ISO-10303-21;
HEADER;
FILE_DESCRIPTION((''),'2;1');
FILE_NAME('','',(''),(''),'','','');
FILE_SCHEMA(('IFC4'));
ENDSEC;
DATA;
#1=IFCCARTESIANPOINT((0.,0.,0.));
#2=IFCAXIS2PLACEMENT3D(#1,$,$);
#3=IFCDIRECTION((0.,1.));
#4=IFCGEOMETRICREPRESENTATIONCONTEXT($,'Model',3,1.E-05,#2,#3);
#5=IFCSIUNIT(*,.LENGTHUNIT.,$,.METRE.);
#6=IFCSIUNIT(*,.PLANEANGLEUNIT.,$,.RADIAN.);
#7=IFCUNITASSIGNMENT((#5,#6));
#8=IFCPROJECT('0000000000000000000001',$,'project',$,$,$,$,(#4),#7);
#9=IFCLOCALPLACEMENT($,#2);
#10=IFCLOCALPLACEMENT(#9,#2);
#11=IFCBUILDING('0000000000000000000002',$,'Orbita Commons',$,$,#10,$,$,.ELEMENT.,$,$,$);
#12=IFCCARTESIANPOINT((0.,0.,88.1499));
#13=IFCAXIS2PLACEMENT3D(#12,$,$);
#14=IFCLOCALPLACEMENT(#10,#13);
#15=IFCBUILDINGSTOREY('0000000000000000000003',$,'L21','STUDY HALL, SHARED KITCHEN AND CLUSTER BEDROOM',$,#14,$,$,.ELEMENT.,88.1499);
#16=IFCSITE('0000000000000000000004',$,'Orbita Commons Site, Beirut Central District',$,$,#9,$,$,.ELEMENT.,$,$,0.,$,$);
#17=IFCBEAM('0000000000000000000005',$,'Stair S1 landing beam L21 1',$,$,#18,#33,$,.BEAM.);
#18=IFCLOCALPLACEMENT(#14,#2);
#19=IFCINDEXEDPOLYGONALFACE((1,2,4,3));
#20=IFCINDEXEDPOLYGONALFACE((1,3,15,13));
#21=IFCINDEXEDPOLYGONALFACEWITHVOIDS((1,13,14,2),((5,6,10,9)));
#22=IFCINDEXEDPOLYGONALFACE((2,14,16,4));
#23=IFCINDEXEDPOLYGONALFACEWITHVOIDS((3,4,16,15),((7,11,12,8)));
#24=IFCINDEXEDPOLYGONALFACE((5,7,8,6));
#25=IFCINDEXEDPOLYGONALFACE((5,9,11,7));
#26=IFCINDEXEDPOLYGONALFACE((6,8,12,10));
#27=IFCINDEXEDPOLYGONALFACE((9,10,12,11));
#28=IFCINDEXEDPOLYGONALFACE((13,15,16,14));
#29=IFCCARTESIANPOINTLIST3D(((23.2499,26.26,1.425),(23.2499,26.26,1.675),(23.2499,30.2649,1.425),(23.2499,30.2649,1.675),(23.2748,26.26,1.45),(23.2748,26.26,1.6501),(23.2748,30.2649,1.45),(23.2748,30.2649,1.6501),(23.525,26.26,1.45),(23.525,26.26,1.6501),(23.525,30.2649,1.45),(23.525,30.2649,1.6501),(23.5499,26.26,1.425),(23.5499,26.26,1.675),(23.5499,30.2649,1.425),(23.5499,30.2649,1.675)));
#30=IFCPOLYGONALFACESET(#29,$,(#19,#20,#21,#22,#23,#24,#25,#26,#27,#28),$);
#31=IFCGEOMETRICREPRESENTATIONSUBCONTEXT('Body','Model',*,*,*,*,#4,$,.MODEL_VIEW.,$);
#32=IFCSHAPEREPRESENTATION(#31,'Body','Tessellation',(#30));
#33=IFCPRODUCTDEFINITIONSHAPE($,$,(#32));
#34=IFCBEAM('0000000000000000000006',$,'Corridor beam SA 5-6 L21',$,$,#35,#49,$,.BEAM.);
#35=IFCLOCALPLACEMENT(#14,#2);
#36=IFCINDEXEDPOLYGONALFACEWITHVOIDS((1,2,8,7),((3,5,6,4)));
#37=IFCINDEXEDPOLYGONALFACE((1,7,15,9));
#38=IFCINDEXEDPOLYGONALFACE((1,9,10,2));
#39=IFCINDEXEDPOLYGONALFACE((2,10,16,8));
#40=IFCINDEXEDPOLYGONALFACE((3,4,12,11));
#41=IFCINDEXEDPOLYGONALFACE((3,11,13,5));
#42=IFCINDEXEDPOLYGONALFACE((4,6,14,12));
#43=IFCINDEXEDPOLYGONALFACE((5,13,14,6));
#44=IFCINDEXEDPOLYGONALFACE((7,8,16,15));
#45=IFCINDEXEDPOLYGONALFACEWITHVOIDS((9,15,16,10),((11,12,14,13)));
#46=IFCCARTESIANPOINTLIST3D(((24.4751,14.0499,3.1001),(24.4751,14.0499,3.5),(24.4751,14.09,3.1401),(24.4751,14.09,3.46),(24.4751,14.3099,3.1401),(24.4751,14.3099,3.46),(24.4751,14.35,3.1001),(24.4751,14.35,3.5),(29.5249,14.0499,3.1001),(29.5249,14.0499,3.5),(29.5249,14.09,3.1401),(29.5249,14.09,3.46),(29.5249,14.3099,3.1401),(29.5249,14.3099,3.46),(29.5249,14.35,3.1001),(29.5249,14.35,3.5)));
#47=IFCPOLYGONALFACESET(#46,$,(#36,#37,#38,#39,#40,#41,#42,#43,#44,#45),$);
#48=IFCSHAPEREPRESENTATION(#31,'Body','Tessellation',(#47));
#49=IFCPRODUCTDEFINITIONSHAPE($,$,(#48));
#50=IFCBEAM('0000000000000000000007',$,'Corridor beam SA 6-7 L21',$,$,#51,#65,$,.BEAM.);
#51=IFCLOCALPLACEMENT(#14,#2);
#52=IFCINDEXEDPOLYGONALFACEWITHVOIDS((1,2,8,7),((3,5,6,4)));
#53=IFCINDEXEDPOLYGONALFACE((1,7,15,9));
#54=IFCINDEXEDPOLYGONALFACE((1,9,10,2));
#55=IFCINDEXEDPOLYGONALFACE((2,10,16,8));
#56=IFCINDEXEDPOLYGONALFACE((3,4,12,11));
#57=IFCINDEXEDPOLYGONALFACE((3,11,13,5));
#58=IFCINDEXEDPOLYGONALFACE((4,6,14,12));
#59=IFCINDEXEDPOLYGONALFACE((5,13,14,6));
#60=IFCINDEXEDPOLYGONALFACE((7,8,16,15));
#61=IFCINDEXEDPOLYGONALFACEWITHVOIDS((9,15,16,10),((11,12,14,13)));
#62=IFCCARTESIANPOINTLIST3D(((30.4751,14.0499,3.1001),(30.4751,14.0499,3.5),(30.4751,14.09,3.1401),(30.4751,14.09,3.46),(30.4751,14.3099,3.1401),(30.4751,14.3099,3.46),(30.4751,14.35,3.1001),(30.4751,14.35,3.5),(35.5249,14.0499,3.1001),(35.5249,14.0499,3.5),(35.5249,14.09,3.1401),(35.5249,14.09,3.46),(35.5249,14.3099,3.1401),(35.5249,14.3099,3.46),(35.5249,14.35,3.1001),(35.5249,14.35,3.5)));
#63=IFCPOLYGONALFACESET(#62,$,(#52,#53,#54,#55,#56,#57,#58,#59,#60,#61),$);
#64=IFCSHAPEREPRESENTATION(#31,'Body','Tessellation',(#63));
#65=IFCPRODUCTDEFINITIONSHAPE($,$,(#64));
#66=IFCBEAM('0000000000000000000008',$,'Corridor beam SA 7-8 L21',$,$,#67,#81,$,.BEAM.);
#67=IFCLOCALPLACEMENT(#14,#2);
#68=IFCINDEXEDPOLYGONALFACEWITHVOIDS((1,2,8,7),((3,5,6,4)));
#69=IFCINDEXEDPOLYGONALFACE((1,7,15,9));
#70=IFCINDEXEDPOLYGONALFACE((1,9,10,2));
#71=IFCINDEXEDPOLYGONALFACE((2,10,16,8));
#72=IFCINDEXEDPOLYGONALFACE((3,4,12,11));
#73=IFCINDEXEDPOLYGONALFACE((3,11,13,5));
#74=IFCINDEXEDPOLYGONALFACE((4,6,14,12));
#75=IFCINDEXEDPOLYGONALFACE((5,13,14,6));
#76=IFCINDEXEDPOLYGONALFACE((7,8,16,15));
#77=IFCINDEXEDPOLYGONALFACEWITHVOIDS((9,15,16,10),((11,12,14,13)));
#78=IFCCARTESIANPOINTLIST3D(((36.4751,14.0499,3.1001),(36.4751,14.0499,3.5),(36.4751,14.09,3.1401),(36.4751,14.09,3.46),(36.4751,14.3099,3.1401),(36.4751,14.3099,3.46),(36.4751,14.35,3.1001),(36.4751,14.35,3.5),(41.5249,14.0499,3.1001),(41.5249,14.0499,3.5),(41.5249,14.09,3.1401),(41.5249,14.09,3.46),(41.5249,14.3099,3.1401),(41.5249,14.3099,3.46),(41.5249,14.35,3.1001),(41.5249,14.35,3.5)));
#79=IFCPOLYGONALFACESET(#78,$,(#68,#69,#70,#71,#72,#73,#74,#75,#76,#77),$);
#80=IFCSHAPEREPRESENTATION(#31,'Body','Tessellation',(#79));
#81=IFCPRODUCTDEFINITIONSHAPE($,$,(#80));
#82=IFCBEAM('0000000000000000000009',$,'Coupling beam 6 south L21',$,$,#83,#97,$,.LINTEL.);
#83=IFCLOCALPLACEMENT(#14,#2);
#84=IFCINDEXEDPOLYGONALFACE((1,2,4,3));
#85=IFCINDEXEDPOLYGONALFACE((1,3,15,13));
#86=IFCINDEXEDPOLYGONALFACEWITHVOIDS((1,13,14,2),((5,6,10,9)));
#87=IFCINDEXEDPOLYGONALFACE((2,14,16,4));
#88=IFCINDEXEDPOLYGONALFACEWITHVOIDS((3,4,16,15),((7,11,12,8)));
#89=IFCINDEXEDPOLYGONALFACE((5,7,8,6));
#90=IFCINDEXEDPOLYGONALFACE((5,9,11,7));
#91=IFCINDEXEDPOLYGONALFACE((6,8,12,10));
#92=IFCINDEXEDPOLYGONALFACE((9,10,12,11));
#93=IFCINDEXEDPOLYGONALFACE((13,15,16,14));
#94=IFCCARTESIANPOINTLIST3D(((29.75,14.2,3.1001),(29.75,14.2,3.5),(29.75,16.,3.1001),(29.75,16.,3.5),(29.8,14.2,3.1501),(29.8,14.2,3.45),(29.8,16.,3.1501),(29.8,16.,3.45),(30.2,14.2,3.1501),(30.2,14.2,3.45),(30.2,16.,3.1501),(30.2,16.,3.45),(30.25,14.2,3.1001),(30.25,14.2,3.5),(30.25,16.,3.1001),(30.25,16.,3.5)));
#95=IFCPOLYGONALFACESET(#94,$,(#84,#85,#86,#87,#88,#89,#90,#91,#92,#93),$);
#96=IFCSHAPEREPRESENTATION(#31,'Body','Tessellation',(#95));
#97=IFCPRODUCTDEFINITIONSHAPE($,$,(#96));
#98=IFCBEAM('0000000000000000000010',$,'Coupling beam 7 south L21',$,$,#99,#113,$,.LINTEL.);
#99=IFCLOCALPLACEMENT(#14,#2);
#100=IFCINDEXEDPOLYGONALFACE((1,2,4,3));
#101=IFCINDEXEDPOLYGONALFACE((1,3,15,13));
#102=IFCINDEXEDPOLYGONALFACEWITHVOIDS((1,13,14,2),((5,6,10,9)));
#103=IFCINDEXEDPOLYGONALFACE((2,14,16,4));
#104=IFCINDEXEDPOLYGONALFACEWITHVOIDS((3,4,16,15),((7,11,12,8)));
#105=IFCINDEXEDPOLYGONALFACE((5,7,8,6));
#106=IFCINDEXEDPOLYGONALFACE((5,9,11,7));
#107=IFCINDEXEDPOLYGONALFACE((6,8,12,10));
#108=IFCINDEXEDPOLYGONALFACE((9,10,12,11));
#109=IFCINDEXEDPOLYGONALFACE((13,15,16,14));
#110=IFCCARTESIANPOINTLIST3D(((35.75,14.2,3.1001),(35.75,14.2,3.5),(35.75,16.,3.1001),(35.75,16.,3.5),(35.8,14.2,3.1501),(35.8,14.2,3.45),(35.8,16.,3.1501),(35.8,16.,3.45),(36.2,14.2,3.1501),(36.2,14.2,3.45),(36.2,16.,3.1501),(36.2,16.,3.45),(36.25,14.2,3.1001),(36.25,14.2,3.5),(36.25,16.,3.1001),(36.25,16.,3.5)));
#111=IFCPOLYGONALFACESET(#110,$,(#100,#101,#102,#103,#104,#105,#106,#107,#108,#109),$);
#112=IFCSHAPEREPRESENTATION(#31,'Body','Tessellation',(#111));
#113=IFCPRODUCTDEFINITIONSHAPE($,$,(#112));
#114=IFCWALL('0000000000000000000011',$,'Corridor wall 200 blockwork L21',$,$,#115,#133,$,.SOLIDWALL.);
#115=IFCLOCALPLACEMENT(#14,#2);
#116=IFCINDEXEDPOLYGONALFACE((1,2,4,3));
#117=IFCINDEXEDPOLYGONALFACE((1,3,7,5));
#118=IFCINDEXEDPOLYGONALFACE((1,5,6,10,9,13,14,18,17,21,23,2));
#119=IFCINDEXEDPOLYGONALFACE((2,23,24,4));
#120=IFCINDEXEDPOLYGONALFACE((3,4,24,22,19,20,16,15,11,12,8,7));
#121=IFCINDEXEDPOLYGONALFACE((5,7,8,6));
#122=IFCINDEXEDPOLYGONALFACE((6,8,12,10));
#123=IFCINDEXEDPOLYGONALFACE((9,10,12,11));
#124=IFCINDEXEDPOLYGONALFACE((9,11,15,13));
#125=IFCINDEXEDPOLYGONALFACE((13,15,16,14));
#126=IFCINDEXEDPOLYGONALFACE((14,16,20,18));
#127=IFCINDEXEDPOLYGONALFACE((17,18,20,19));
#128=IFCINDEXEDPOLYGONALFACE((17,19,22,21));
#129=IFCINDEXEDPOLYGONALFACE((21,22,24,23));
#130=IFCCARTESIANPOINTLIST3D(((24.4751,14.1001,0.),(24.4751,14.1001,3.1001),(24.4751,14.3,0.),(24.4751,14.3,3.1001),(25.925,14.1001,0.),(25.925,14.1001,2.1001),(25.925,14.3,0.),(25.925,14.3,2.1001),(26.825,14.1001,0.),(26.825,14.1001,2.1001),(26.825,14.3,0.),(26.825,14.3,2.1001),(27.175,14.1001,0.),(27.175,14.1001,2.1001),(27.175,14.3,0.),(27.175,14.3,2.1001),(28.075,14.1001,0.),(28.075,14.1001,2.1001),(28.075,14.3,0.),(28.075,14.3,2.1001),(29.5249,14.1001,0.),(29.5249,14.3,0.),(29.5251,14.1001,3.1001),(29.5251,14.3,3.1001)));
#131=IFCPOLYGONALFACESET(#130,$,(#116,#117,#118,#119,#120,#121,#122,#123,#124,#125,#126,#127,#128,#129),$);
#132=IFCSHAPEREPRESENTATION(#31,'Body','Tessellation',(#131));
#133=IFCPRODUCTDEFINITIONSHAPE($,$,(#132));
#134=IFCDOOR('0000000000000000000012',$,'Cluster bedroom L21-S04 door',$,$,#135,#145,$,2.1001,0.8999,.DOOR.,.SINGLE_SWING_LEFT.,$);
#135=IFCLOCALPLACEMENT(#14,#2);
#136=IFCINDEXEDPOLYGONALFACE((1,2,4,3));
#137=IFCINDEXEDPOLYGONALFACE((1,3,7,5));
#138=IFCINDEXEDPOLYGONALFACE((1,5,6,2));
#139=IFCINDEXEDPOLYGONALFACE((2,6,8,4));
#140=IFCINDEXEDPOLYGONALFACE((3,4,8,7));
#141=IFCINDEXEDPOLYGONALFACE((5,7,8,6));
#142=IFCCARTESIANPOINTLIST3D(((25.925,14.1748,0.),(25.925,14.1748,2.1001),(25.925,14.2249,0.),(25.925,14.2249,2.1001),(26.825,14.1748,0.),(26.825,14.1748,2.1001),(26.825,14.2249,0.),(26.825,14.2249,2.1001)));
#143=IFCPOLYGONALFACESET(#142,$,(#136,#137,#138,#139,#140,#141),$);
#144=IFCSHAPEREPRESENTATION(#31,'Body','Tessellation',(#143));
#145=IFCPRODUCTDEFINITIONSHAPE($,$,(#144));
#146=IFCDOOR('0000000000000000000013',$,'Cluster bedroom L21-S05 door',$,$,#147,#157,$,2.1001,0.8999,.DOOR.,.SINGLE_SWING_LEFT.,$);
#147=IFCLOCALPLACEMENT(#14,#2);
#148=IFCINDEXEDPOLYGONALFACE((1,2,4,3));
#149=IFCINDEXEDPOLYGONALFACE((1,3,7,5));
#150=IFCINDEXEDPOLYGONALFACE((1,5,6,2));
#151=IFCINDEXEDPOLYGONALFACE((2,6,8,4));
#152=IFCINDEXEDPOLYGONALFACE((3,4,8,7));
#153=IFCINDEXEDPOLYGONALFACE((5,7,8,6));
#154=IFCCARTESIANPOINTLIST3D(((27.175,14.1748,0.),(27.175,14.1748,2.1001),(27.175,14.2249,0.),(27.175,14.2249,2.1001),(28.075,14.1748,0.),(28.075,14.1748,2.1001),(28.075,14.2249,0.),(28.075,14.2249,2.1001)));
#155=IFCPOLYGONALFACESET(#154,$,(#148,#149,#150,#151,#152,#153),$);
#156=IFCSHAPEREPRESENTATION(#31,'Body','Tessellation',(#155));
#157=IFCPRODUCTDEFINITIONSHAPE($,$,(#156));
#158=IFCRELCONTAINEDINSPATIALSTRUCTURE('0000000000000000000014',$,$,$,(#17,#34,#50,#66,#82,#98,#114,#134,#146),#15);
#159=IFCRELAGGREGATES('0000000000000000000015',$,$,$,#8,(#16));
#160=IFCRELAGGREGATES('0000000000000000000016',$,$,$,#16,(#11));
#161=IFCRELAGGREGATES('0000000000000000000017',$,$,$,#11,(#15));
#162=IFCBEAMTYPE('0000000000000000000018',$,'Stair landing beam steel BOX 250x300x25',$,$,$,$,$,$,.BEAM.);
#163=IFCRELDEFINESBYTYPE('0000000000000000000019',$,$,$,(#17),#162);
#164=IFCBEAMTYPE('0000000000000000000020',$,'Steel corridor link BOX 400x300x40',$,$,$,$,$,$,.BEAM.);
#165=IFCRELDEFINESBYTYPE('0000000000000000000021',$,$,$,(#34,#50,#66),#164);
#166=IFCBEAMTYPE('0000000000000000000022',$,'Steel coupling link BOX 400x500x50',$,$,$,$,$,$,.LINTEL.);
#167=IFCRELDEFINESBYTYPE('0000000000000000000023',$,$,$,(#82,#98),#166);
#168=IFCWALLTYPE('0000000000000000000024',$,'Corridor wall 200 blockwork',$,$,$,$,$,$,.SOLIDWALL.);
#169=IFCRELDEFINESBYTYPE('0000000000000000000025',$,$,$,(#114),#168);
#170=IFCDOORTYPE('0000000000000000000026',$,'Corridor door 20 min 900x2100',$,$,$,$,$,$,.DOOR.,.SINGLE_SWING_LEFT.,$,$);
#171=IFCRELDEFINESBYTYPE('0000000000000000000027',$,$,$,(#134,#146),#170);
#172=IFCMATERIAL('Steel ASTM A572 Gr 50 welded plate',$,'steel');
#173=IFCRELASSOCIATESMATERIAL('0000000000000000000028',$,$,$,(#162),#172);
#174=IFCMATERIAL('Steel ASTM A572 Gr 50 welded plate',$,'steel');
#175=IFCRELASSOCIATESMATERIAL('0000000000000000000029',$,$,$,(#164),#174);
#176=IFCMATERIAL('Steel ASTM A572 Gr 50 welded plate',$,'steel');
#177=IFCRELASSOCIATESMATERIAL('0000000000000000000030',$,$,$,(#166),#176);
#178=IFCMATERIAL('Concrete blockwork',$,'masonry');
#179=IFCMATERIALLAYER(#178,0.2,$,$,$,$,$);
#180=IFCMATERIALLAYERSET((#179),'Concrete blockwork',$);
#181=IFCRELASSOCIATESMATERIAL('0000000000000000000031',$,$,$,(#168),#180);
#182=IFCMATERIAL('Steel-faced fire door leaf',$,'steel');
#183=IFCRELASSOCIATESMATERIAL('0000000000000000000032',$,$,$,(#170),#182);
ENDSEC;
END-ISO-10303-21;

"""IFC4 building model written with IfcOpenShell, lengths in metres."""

from ifc_helpers import new_model, si_unit, direction, frame, frame_2d, origin, origin_2d, place, context, subcontext, project, spatial, polyline, rectangle, hollow_rectangle, outline, extrude, material, layer, layer_set, material_profile, profile_set, type_object, element, fill, save


model = new_model("IFC4")

# Units and contexts
model_context = context("Model", 3, precision=1e-05, world=origin(), true_north=direction((0.0, 1.0)))
body_context = subcontext(model_context, "Body", "Model", "MODEL_VIEW")
ifc_project = project(units=[si_unit("LENGTHUNIT", "METRE"), si_unit("PLANEANGLEUNIT", "RADIAN")], contexts=[model_context])

# Site, building, storey
site_placement = place(None, origin())
site = spatial("IfcSite", under=ifc_project, at=site_placement, Name="Orbita Commons Site, Beirut Central District", CompositionType="ELEMENT", RefElevation=0.0)
building_placement = place(site_placement, origin())
building = spatial("IfcBuilding", under=site, at=building_placement, Name="Orbita Commons", CompositionType="ELEMENT")
storey_placement = place(building_placement, frame((0.0, 0.0, 88.1499)))
storey = spatial("IfcBuildingStorey", under=building, at=storey_placement, Name="L21", Description="STUDY HALL, SHARED KITCHEN AND CLUSTER BEDROOM", CompositionType="ELEMENT", Elevation=88.1499)

# Beams
ifc_material_1 = material(Name="Steel ASTM A572 Gr 50 welded plate", Category="steel")
ifc_material_profile_1 = material_profile(ifc_material_1, hollow_rectangle(XDim=0.3, YDim=0.25, WallThickness=0.0249, at=origin_2d()), Name="BOX 250x300x25")
ifc_profile_set_1 = profile_set([ifc_material_profile_1], Name="Steel ASTM A572 Gr 50 welded plate")
beam_type_1 = type_object("IfcBeamType", Name="Stair landing beam steel BOX 250x300x25", PredefinedType="BEAM", material=ifc_profile_set_1)
beam_placement = place(storey_placement, frame((23.3999, 26.26, 1.55), z_axis=(0.0, 1.0, 0.0), x_axis=(-1.0, 0.0, 0.0)))
element("IfcBeam", 1, at=beam_placement, inside=storey, type_object=beam_type_1, Name="Stair S1 landing beam L21 1", PredefinedType="BEAM", context=body_context, shape_type="SweptSolid", body=[
    extrude(hollow_rectangle(XDim=0.3, YDim=0.25, WallThickness=0.0249, at=origin_2d()), origin(), (0.0, 0.0, 1.0), 4.0049),
])
ifc_material_2 = material(Name="Steel ASTM A572 Gr 50 welded plate", Category="steel")
ifc_material_profile_2 = material_profile(ifc_material_2, hollow_rectangle(XDim=0.3, YDim=0.3999, WallThickness=0.04, at=origin_2d()), Name="BOX 400x300x40")
ifc_profile_set_2 = profile_set([ifc_material_profile_2], Name="Steel ASTM A572 Gr 50 welded plate")
beam_type_2 = type_object("IfcBeamType", Name="Steel corridor link BOX 400x300x40", PredefinedType="BEAM", material=ifc_profile_set_2)
for number, where, z_axis, x_axis, name in (
    (2, (24.4751, 14.2, 3.3), (1.0, 0.0, 0.0), (0.0, 1.0, 0.0), "Corridor beam SA 5-6 L21"),
    (3, (30.4751, 14.2, 3.3), (1.0, 0.0, 0.0), (0.0, 1.0, 0.0), "Corridor beam SA 6-7 L21"),
    (4, (36.4751, 14.2, 3.3), (1.0, 0.0, 0.0), (0.0, 1.0, 0.0), "Corridor beam SA 7-8 L21"),
):
    element("IfcBeam", number, at=place(storey_placement, frame(where, z_axis=z_axis, x_axis=x_axis)), inside=storey, type_object=beam_type_2, Name=name, PredefinedType="BEAM", context=body_context, shape_type="SweptSolid", body=[
        extrude(hollow_rectangle(XDim=0.3, YDim=0.3999, WallThickness=0.04, at=origin_2d()), origin(), (0.0, 0.0, 1.0), 5.0498),
    ])
ifc_material_3 = material(Name="Steel ASTM A572 Gr 50 welded plate", Category="steel")
ifc_material_profile_3 = material_profile(ifc_material_3, hollow_rectangle(XDim=0.5, YDim=0.3999, WallThickness=0.05, at=origin_2d()), Name="BOX 400x500x50")
ifc_profile_set_3 = profile_set([ifc_material_profile_3], Name="Steel ASTM A572 Gr 50 welded plate")
beam_type_3 = type_object("IfcBeamType", Name="Steel coupling link BOX 400x500x50", PredefinedType="LINTEL", material=ifc_profile_set_3)
for number, where, z_axis, x_axis, name in (
    (5, (30.0, 14.2, 3.3), (0.0, 1.0, 0.0), (-1.0, 0.0, 0.0), "Coupling beam 6 south L21"),
    (6, (36.0, 14.2, 3.3), (0.0, 1.0, 0.0), (-1.0, 0.0, 0.0), "Coupling beam 7 south L21"),
):
    element("IfcBeam", number, at=place(storey_placement, frame(where, z_axis=z_axis, x_axis=x_axis)), inside=storey, type_object=beam_type_3, Name=name, PredefinedType="LINTEL", context=body_context, shape_type="SweptSolid", body=[
        extrude(hollow_rectangle(XDim=0.5, YDim=0.3999, WallThickness=0.05, at=origin_2d()), origin(), (0.0, 0.0, 1.0), 1.8),
    ])

# Wall, openings, doors
ifc_material_4 = material(Name="Concrete blockwork", Category="masonry")
ifc_layer_1 = layer(ifc_material_4, 0.2)
ifc_layer_set_1 = layer_set([ifc_layer_1], Name="Concrete blockwork")
wall_type_1 = type_object("IfcWallType", Name="Corridor wall 200 blockwork", PredefinedType="SOLIDWALL", material=ifc_layer_set_1)
wall_1_placement = place(storey_placement, frame((24.4751, 14.2, 0.0), z_axis=(0.0, 0.0, 1.0), x_axis=(1.0, 0.0, 0.0)))
wall_1 = element("IfcWall", 7, at=wall_1_placement, inside=storey, type_object=wall_type_1, Name="Corridor wall 200 blockwork L21", PredefinedType="SOLIDWALL", context=body_context, shape_type="SweptSolid", body=[
    extrude(outline(polyline([(0.0, 0.0), (5.0498, 0.0), (5.05, 3.1001), (0.0, 3.1001), (0.0, 0.0)])), frame((0.0, 0.1001, 0.0), z_axis=(0.0, -1.0, 0.0), x_axis=(1.0, 0.0, 0.0)), (0.0, 0.0, 1.0), 0.2),
])
opening_1_placement = place(wall_1_placement, frame((1.45, 0.0, 0.0)))
opening_1 = element("IfcOpeningElement", 8, at=opening_1_placement, cuts=wall_1, PredefinedType="OPENING", context=body_context, shape_type="SweptSolid", body=[
    extrude(rectangle(XDim=0.8999, YDim=2.1001, at=frame_2d((0.45, 1.05))), frame((0.0, 0.1099, 0.0), z_axis=(0.0, -1.0, 0.0), x_axis=(1.0, 0.0, 0.0)), (0.0, 0.0, 1.0), 0.22),
])
opening_2_placement = place(wall_1_placement, frame((2.7, 0.0, 0.0)))
opening_2 = element("IfcOpeningElement", 9, at=opening_2_placement, cuts=wall_1, PredefinedType="OPENING", context=body_context, shape_type="SweptSolid", body=[
    extrude(rectangle(XDim=0.8999, YDim=2.1001, at=frame_2d((0.45, 1.05))), frame((0.0, 0.1099, 0.0), z_axis=(0.0, -1.0, 0.0), x_axis=(1.0, 0.0, 0.0)), (0.0, 0.0, 1.0), 0.22),
])
ifc_material_5 = material(Name="Steel-faced fire door leaf", Category="steel")
door_type_1 = type_object("IfcDoorType", Name="Corridor door 20 min 900x2100", OperationType="SINGLE_SWING_LEFT", PredefinedType="DOOR", material=ifc_material_5)
door_1_placement = place(opening_1_placement, origin())
door_1 = element("IfcDoor", 10, at=door_1_placement, inside=storey, type_object=door_type_1, Name="Cluster bedroom L21-S04 door", OperationType="SINGLE_SWING_LEFT", OverallHeight=2.1001, OverallWidth=0.8999, PredefinedType="DOOR", context=body_context, shape_type="SweptSolid", body=[
    extrude(rectangle(XDim=0.8999, YDim=2.1001, at=frame_2d((0.45, 1.05))), frame((0.0, 0.0249, 0.0), z_axis=(0.0, -1.0, 0.0), x_axis=(1.0, 0.0, 0.0)), (0.0, 0.0, 1.0), 0.05),
])
fill(opening_1, door_1)
door_2_placement = place(opening_2_placement, origin())
door_2 = element("IfcDoor", 11, at=door_2_placement, inside=storey, type_object=door_type_1, Name="Cluster bedroom L21-S05 door", OperationType="SINGLE_SWING_LEFT", OverallHeight=2.1001, OverallWidth=0.8999, PredefinedType="DOOR", context=body_context, shape_type="SweptSolid", body=[
    extrude(rectangle(XDim=0.8999, YDim=2.1001, at=frame_2d((0.45, 1.05))), frame((0.0, 0.0249, 0.0), z_axis=(0.0, -1.0, 0.0), x_axis=(1.0, 0.0, 0.0)), (0.0, 0.0, 1.0), 0.05),
])
fill(opening_2, door_2)

save(model, "model.ifc")
